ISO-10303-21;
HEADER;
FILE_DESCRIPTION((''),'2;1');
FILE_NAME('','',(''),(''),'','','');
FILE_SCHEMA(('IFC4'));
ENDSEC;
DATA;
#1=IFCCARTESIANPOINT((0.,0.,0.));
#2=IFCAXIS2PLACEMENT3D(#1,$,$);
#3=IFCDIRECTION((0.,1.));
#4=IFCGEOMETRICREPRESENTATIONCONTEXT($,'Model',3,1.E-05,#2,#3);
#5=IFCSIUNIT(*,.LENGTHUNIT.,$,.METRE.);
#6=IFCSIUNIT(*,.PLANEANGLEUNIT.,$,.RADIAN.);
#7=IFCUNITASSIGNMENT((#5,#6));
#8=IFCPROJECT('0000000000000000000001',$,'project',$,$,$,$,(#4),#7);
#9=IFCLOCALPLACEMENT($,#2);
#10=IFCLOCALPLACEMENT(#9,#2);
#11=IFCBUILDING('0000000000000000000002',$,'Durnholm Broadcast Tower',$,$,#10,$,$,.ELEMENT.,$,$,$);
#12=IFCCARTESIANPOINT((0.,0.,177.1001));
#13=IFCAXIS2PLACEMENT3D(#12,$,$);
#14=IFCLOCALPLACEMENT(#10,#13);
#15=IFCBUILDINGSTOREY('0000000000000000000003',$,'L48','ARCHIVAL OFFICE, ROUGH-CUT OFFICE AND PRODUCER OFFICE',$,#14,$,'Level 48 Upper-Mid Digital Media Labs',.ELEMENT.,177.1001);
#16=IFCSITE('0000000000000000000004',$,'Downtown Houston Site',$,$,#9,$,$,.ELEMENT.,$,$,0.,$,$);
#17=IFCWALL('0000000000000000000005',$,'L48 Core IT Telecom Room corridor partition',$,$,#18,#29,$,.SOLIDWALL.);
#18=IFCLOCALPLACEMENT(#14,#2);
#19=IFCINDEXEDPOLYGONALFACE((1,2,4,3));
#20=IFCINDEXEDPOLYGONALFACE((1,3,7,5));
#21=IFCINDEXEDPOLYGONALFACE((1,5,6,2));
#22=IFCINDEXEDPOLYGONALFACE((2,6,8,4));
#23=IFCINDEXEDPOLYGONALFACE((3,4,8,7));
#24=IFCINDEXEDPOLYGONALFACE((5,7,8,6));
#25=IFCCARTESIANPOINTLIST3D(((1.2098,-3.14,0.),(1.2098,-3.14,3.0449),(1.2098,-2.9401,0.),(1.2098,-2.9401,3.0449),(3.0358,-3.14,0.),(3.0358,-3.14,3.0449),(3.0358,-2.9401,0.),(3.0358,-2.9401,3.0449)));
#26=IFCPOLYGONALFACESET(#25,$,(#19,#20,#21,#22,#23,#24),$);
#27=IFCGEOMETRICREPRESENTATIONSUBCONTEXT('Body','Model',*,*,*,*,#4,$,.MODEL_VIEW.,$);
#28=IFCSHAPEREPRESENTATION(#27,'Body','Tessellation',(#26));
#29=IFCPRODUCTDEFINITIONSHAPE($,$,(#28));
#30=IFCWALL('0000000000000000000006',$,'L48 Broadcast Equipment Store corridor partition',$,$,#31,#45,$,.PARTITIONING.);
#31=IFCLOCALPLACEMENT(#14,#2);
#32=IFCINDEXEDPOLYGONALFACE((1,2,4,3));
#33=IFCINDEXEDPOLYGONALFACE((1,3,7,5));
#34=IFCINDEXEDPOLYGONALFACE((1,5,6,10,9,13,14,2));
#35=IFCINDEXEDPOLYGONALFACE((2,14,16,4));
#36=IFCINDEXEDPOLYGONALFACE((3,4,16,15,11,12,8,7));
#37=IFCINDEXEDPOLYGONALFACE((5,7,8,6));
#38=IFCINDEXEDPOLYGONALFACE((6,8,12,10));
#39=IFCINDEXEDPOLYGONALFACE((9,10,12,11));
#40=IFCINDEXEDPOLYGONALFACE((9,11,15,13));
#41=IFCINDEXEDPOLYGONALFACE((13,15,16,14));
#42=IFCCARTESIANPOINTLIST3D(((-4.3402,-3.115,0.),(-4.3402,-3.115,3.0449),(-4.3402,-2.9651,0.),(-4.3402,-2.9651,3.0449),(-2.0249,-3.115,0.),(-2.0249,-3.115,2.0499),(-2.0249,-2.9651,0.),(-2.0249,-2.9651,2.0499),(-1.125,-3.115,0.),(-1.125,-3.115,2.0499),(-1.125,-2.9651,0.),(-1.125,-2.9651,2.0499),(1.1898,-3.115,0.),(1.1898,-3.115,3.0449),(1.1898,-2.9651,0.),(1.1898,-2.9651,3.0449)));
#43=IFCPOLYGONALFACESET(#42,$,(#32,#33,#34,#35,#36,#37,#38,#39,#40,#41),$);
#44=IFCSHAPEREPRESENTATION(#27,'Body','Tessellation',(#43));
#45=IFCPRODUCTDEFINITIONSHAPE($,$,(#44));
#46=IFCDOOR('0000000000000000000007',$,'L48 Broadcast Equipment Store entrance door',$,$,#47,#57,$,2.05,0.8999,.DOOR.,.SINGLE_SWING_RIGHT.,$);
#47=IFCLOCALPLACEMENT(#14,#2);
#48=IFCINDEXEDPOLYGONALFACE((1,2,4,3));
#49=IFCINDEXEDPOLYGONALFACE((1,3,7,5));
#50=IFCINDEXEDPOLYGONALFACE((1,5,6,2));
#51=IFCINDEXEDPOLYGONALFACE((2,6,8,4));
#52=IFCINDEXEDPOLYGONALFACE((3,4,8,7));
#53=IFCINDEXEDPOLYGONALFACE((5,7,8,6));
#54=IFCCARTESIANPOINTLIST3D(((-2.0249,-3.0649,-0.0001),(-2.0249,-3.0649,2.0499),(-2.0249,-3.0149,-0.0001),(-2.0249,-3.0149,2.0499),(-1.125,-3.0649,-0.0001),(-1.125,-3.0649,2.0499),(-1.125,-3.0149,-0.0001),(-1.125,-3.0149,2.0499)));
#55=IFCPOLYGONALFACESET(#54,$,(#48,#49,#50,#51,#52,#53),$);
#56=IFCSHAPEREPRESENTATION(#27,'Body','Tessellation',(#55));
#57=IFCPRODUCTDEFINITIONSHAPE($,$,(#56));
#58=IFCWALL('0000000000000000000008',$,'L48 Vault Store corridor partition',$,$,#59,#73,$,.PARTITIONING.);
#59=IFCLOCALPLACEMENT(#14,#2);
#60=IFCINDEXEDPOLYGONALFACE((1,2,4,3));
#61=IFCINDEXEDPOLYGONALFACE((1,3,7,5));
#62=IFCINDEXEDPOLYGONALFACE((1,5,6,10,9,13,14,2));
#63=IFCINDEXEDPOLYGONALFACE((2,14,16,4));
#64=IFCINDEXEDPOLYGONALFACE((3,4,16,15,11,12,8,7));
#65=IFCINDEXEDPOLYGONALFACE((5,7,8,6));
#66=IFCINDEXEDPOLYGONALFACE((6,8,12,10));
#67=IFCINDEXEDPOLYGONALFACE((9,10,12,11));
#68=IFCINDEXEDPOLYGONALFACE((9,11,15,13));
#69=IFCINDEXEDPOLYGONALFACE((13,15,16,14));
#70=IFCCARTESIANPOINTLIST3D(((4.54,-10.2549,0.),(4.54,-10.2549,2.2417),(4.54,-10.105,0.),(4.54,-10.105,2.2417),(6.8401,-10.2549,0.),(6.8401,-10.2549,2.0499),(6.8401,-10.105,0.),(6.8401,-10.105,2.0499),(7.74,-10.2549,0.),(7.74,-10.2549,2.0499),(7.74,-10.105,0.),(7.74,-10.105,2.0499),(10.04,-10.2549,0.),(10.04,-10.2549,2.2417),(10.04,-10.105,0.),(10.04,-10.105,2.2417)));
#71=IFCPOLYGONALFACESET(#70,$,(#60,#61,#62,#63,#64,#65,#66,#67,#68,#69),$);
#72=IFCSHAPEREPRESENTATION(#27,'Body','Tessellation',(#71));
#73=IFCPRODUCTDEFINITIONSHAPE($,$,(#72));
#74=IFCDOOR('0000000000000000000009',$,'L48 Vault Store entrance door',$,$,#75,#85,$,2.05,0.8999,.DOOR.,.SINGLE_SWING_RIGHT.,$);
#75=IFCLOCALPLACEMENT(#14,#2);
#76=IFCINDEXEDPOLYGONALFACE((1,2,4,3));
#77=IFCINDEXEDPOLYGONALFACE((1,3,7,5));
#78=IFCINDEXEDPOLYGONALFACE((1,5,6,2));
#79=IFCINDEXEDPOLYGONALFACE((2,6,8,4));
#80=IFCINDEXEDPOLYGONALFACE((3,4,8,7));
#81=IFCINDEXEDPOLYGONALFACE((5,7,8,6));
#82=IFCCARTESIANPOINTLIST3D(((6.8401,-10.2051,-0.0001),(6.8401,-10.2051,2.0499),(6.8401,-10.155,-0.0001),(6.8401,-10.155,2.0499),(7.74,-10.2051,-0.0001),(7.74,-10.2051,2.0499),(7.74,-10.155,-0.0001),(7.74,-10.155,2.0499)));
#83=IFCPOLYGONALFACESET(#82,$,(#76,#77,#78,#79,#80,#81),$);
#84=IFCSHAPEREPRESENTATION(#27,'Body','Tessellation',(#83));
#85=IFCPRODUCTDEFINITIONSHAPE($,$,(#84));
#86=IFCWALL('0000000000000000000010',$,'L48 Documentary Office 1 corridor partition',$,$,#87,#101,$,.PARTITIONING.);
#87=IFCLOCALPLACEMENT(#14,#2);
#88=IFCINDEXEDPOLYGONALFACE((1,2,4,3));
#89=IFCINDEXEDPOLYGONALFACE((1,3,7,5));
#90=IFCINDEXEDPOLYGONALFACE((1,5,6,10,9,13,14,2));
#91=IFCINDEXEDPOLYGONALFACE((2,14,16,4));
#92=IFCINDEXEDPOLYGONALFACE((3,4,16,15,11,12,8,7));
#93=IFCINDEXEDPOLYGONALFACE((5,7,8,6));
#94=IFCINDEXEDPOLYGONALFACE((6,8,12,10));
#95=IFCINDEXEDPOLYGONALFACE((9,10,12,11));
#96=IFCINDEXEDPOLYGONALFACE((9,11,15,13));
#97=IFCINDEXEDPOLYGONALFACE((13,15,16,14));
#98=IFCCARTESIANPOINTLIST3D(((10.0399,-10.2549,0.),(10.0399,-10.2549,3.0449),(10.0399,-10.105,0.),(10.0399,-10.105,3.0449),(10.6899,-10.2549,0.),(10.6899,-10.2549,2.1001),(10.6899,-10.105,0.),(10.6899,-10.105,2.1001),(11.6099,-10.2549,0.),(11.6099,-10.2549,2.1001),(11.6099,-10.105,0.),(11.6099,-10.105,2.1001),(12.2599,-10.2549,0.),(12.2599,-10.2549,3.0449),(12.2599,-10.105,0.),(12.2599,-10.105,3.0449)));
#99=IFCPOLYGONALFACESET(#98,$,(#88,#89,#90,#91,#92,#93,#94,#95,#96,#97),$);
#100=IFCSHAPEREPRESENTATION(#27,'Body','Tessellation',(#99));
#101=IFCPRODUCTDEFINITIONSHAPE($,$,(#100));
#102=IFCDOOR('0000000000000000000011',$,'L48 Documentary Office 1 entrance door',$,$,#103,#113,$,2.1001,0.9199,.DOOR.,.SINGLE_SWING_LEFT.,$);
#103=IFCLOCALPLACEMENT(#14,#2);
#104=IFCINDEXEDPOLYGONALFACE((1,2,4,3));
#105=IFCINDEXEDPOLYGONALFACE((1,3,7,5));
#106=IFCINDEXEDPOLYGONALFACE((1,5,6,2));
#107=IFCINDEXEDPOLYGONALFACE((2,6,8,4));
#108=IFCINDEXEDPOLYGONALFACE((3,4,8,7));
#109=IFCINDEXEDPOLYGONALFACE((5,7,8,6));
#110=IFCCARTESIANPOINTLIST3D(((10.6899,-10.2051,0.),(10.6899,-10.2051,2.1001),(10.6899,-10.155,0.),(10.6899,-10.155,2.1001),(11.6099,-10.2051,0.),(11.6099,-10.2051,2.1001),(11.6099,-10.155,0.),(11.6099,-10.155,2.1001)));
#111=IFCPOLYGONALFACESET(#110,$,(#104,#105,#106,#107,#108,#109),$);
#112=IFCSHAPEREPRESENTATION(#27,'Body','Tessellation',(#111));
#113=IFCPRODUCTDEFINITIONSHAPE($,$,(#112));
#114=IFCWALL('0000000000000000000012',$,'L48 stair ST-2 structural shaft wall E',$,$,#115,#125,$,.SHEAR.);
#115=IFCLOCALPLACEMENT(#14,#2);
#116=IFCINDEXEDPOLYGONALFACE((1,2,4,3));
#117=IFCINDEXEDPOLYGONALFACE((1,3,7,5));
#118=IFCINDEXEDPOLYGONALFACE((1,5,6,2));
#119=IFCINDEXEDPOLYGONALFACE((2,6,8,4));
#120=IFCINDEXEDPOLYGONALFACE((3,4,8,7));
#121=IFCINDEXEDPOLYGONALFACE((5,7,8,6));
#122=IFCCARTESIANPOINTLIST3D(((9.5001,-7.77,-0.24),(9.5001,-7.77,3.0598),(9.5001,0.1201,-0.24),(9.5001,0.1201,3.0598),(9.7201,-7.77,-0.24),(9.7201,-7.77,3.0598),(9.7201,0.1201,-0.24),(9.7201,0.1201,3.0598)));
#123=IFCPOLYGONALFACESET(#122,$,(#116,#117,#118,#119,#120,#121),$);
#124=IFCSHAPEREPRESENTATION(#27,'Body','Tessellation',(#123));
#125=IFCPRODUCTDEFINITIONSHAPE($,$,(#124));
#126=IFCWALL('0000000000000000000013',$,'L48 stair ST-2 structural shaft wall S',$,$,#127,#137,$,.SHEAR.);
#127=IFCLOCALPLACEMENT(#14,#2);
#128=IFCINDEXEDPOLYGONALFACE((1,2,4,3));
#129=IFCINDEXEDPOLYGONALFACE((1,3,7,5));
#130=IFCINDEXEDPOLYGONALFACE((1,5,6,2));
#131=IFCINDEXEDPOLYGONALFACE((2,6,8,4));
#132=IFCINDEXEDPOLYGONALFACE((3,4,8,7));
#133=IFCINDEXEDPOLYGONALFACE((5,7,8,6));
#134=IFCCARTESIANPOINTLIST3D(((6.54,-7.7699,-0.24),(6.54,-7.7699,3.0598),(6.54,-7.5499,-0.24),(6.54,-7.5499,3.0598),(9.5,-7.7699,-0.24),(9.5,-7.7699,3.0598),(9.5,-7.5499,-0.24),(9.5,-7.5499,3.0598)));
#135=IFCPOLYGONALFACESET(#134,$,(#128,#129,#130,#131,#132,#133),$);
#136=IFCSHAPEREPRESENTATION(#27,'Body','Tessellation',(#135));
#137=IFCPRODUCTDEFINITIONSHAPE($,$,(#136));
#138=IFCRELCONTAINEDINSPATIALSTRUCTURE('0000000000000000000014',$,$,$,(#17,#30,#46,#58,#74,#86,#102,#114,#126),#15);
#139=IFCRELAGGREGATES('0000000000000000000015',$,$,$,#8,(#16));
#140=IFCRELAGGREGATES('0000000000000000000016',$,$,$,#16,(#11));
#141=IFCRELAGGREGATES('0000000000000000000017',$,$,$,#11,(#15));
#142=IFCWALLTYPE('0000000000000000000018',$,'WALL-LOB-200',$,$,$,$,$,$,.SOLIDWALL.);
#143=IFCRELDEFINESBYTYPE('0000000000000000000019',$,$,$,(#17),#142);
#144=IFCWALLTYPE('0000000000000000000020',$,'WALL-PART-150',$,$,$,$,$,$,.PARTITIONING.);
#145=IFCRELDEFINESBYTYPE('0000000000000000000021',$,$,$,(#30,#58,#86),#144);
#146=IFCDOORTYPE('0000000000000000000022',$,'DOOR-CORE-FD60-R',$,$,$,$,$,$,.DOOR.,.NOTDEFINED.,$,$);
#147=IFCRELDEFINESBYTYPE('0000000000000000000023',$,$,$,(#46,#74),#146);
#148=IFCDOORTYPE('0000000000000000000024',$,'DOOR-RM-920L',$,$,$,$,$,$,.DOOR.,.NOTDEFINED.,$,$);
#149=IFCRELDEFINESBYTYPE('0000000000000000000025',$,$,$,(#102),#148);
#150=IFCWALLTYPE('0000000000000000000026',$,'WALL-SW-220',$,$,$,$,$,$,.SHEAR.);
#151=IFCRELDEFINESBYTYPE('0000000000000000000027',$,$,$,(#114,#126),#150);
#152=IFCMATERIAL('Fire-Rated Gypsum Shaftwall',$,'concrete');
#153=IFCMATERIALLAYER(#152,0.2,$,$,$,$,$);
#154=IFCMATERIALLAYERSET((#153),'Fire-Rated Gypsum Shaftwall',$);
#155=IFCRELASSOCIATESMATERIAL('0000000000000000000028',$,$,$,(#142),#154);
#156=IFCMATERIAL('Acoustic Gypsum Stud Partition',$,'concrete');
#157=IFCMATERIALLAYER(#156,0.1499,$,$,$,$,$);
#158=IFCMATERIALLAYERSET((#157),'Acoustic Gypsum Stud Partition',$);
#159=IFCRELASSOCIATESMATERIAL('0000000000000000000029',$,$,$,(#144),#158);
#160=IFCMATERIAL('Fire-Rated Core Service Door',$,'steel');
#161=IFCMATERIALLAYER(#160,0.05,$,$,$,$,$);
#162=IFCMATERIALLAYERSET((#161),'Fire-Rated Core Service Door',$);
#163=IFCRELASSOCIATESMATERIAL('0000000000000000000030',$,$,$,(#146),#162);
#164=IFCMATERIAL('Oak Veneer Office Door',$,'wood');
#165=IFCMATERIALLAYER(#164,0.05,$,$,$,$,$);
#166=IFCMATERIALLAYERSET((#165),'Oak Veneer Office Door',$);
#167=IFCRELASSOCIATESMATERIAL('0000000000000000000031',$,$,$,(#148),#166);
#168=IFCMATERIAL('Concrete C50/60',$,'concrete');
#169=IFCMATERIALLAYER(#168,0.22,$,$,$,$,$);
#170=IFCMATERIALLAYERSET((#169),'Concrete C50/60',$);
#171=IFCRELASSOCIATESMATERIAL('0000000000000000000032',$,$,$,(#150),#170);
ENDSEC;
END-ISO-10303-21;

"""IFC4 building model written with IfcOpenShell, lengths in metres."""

from ifc_helpers import new_model, si_unit, direction, frame, frame_2d, origin, place, context, subcontext, project, spatial, rectangle, extrude, source, transform, mapped, material, layer, layer_set, type_object, type_shapes, element, fill, save


model = new_model("IFC4")

# Units and contexts
model_context = context("Model", 3, precision=1e-05, world=origin(), true_north=direction((0.0, 1.0)))
body_context = subcontext(model_context, "Body", "Model", "MODEL_VIEW")
ifc_project = project(units=[si_unit("LENGTHUNIT", "METRE"), si_unit("PLANEANGLEUNIT", "RADIAN")], contexts=[model_context])

# Site, building, storey
site_placement = place(None, origin())
site = spatial("IfcSite", under=ifc_project, at=site_placement, Name="Downtown Houston Site", CompositionType="ELEMENT", RefElevation=0.0)
building_placement = place(site_placement, origin())
building = spatial("IfcBuilding", under=site, at=building_placement, Name="Durnholm Broadcast Tower", CompositionType="ELEMENT")
storey_placement = place(building_placement, frame((0.0, 0.0, 177.1001)))
storey = spatial("IfcBuildingStorey", under=building, at=storey_placement, Name="L48", Description="ARCHIVAL OFFICE, ROUGH-CUT OFFICE AND PRODUCER OFFICE", LongName="Level 48 Upper-Mid Digital Media Labs", CompositionType="ELEMENT", Elevation=177.1001)

# Shared definitions
ifc_material_1 = material(Name="Fire-Rated Gypsum Shaftwall", Category="concrete")
ifc_layer_1 = layer(ifc_material_1, 0.2)
ifc_layer_set_1 = layer_set([ifc_layer_1], Name="Fire-Rated Gypsum Shaftwall")
wall_type_1 = type_object("IfcWallType", Name="WALL-LOB-200", PredefinedType="SOLIDWALL", material=ifc_layer_set_1)
ifc_material_2 = material(Name="Fire-Rated Core Service Door", Category="steel")

# Wall
wall_1_placement = place(storey_placement, frame((3.0359, -3.04, 0.0), z_axis=(0.0, 0.0, 1.0), x_axis=(-1.0, 0.0, 0.0)))
element("IfcWall", 1, at=wall_1_placement, inside=storey, type_object=wall_type_1, Name="L48 Core IT Telecom Room corridor partition", PredefinedType="SOLIDWALL", context=body_context, shape_type="SweptSolid", body=[
    extrude(rectangle(XDim=1.8259, YDim=0.2, at=frame_2d((0.9131, 0.0))), origin(), (0.0, 0.0, 1.0), 3.0449),
])

# Walls, openings, doors
ifc_material_3 = material(Name="Acoustic Gypsum Stud Partition", Category="concrete")
ifc_layer_2 = layer(ifc_material_3, 0.1499)
ifc_layer_set_2 = layer_set([ifc_layer_2], Name="Acoustic Gypsum Stud Partition")
wall_type_2 = type_object("IfcWallType", Name="WALL-PART-150", PredefinedType="PARTITIONING", material=ifc_layer_set_2)
wall_2_placement = place(storey_placement, frame((1.1899, -3.04, 0.0), z_axis=(0.0, 0.0, 1.0), x_axis=(-1.0, 0.0, 0.0)))
wall_2 = element("IfcWall", 2, at=wall_2_placement, inside=storey, type_object=wall_type_2, Name="L48 Broadcast Equipment Store corridor partition", PredefinedType="PARTITIONING", context=body_context, shape_type="SweptSolid", body=[
    extrude(rectangle(XDim=5.53, YDim=0.1499, at=frame_2d((2.7651, 0.0))), origin(), (0.0, 0.0, 1.0), 3.0449),
])
opening_1_placement = place(wall_2_placement, frame((2.3149, 0.0, 0.0)))
opening_1 = element("IfcOpeningElement", 3, at=opening_1_placement, cuts=wall_2, PredefinedType="OPENING", context=body_context, shape_type="SweptSolid", body=[
    extrude(rectangle(XDim=0.8999, YDim=2.05, at=frame_2d((0.45, 1.0249))), frame((0.0, 0.085, 0.0), z_axis=(0.0, -1.0, 0.0), x_axis=(1.0, 0.0, 0.0)), (0.0, 0.0, 1.0), 0.1699),
])
ifc_layer_3 = layer(ifc_material_2, 0.05)
ifc_layer_set_3 = layer_set([ifc_layer_3], Name="Fire-Rated Core Service Door")
door_type_1 = type_object("IfcDoorType", Name="DOOR-CORE-FD60-R", OperationType="NOTDEFINED", PredefinedType="DOOR", material=ifc_layer_set_3)
shared_shape_1 = source(origin(), body_context, "Body", "SweptSolid", [
    extrude(rectangle(XDim=0.8999, YDim=2.05, at=frame_2d((0.45, 1.0249))), frame((0.0, 0.0249, 0.0), z_axis=(0.0, -1.0, 0.0), x_axis=(1.0, 0.0, 0.0)), (0.0, 0.0, 1.0), 0.05),
])
type_shapes(door_type_1, [shared_shape_1])
door_1_placement = place(opening_1_placement, origin())
door_1 = element("IfcDoor", 4, at=door_1_placement, inside=storey, type_object=door_type_1, Name="L48 Broadcast Equipment Store entrance door", OperationType="SINGLE_SWING_RIGHT", OverallHeight=2.05, OverallWidth=0.8999, PredefinedType="DOOR", context=body_context, shape_type="MappedRepresentation", body=[
    mapped(shared_shape_1, transform((0.0, 0.0, 0.0), x_axis=(1.0, 0.0, 0.0), y_axis=(0.0, 1.0, 0.0), z_axis=(0.0, 0.0, 1.0), scale=1.0)),
])
fill(opening_1, door_1)
wall_3_placement = place(storey_placement, frame((4.54, -10.1799, 0.0), z_axis=(0.0, 0.0, 1.0), x_axis=(1.0, 0.0, 0.0)))
wall_3 = element("IfcWall", 5, at=wall_3_placement, inside=storey, type_object=wall_type_2, Name="L48 Vault Store corridor partition", PredefinedType="PARTITIONING", context=body_context, shape_type="SweptSolid", body=[
    extrude(rectangle(XDim=5.5, YDim=0.1499, at=frame_2d((2.75, 0.0))), origin(), (0.0, 0.0, 1.0), 2.2417),
])
opening_2_placement = place(wall_3_placement, frame((2.3, 0.0, 0.0)))
opening_2 = element("IfcOpeningElement", 6, at=opening_2_placement, cuts=wall_3, PredefinedType="OPENING", context=body_context, shape_type="SweptSolid", body=[
    extrude(rectangle(XDim=0.8999, YDim=2.05, at=frame_2d((0.45, 1.0249))), frame((0.0, 0.085, 0.0), z_axis=(0.0, -1.0, 0.0), x_axis=(1.0, 0.0, 0.0)), (0.0, 0.0, 1.0), 0.1699),
])
door_2_placement = place(opening_2_placement, origin())
door_2 = element("IfcDoor", 7, at=door_2_placement, inside=storey, type_object=door_type_1, Name="L48 Vault Store entrance door", OperationType="SINGLE_SWING_RIGHT", OverallHeight=2.05, OverallWidth=0.8999, PredefinedType="DOOR", context=body_context, shape_type="MappedRepresentation", body=[
    mapped(shared_shape_1, transform((0.0, 0.0, 0.0), x_axis=(1.0, 0.0, 0.0), y_axis=(0.0, 1.0, 0.0), z_axis=(0.0, 0.0, 1.0), scale=1.0)),
])
fill(opening_2, door_2)
wall_4_placement = place(storey_placement, frame((10.04, -10.1799, 0.0), z_axis=(0.0, 0.0, 1.0), x_axis=(1.0, 0.0, 0.0)))
wall_4 = element("IfcWall", 8, at=wall_4_placement, inside=storey, type_object=wall_type_2, Name="L48 Documentary Office 1 corridor partition", PredefinedType="PARTITIONING", context=body_context, shape_type="SweptSolid", body=[
    extrude(rectangle(XDim=2.22, YDim=0.1499, at=frame_2d((1.1099, 0.0))), origin(), (0.0, 0.0, 1.0), 3.0449),
])
opening_3_placement = place(wall_4_placement, frame((0.6499, 0.0, 0.0)))
opening_3 = element("IfcOpeningElement", 9, at=opening_3_placement, cuts=wall_4, PredefinedType="OPENING", context=body_context, shape_type="SweptSolid", body=[
    extrude(rectangle(XDim=0.9199, YDim=2.1001, at=frame_2d((0.46, 1.05))), frame((0.0, 0.085, 0.0), z_axis=(0.0, -1.0, 0.0), x_axis=(1.0, 0.0, 0.0)), (0.0, 0.0, 1.0), 0.1699),
])
ifc_material_4 = material(Name="Oak Veneer Office Door", Category="wood")
ifc_layer_4 = layer(ifc_material_4, 0.05)
ifc_layer_set_4 = layer_set([ifc_layer_4], Name="Oak Veneer Office Door")
door_type_2 = type_object("IfcDoorType", Name="DOOR-RM-920L", OperationType="NOTDEFINED", PredefinedType="DOOR", material=ifc_layer_set_4)
shared_shape_2 = source(origin(), body_context, "Body", "SweptSolid", [
    extrude(rectangle(XDim=0.9199, YDim=2.1001, at=frame_2d((0.46, 1.05))), frame((0.0, 0.0249, 0.0), z_axis=(0.0, -1.0, 0.0), x_axis=(1.0, 0.0, 0.0)), (0.0, 0.0, 1.0), 0.05),
])
type_shapes(door_type_2, [shared_shape_2])
door_3_placement = place(opening_3_placement, origin())
door_3 = element("IfcDoor", 10, at=door_3_placement, inside=storey, type_object=door_type_2, Name="L48 Documentary Office 1 entrance door", OperationType="SINGLE_SWING_LEFT", OverallHeight=2.1001, OverallWidth=0.9199, PredefinedType="DOOR", context=body_context, shape_type="MappedRepresentation", body=[
    mapped(shared_shape_2, transform((0.0, 0.0, 0.0), x_axis=(1.0, 0.0, 0.0), y_axis=(0.0, 1.0, 0.0), z_axis=(0.0, 0.0, 1.0), scale=1.0)),
])
fill(opening_3, door_3)

# Walls
ifc_material_5 = material(Name="Concrete C50/60", Category="concrete")
ifc_layer_5 = layer(ifc_material_5, 0.22)
ifc_layer_set_5 = layer_set([ifc_layer_5], Name="Concrete C50/60")
wall_type_3 = type_object("IfcWallType", Name="WALL-SW-220", PredefinedType="SHEAR", material=ifc_layer_set_5)
wall_5_placement = place(storey_placement, frame((9.6101, -7.77, -0.24), z_axis=(0.0, 0.0, 1.0), x_axis=(0.0, 1.0, 0.0)))
element("IfcWall", 11, at=wall_5_placement, inside=storey, type_object=wall_type_3, Name="L48 stair ST-2 structural shaft wall E", PredefinedType="SHEAR", context=body_context, shape_type="SweptSolid", body=[
    extrude(rectangle(XDim=7.8901, YDim=0.22, at=frame_2d((3.9451, 0.0))), origin(), (0.0, 0.0, 1.0), 3.2998),
])
wall_6_placement = place(storey_placement, frame((6.54, -7.6599, -0.24), z_axis=(0.0, 0.0, 1.0), x_axis=(1.0, 0.0, 0.0)))
element("IfcWall", 12, at=wall_6_placement, inside=storey, type_object=wall_type_3, Name="L48 stair ST-2 structural shaft wall S", PredefinedType="SHEAR", context=body_context, shape_type="SweptSolid", body=[
    extrude(rectangle(XDim=2.96, YDim=0.22, at=frame_2d((1.48, 0.0))), origin(), (0.0, 0.0, 1.0), 3.2998),
])

save(model, "model.ifc")
